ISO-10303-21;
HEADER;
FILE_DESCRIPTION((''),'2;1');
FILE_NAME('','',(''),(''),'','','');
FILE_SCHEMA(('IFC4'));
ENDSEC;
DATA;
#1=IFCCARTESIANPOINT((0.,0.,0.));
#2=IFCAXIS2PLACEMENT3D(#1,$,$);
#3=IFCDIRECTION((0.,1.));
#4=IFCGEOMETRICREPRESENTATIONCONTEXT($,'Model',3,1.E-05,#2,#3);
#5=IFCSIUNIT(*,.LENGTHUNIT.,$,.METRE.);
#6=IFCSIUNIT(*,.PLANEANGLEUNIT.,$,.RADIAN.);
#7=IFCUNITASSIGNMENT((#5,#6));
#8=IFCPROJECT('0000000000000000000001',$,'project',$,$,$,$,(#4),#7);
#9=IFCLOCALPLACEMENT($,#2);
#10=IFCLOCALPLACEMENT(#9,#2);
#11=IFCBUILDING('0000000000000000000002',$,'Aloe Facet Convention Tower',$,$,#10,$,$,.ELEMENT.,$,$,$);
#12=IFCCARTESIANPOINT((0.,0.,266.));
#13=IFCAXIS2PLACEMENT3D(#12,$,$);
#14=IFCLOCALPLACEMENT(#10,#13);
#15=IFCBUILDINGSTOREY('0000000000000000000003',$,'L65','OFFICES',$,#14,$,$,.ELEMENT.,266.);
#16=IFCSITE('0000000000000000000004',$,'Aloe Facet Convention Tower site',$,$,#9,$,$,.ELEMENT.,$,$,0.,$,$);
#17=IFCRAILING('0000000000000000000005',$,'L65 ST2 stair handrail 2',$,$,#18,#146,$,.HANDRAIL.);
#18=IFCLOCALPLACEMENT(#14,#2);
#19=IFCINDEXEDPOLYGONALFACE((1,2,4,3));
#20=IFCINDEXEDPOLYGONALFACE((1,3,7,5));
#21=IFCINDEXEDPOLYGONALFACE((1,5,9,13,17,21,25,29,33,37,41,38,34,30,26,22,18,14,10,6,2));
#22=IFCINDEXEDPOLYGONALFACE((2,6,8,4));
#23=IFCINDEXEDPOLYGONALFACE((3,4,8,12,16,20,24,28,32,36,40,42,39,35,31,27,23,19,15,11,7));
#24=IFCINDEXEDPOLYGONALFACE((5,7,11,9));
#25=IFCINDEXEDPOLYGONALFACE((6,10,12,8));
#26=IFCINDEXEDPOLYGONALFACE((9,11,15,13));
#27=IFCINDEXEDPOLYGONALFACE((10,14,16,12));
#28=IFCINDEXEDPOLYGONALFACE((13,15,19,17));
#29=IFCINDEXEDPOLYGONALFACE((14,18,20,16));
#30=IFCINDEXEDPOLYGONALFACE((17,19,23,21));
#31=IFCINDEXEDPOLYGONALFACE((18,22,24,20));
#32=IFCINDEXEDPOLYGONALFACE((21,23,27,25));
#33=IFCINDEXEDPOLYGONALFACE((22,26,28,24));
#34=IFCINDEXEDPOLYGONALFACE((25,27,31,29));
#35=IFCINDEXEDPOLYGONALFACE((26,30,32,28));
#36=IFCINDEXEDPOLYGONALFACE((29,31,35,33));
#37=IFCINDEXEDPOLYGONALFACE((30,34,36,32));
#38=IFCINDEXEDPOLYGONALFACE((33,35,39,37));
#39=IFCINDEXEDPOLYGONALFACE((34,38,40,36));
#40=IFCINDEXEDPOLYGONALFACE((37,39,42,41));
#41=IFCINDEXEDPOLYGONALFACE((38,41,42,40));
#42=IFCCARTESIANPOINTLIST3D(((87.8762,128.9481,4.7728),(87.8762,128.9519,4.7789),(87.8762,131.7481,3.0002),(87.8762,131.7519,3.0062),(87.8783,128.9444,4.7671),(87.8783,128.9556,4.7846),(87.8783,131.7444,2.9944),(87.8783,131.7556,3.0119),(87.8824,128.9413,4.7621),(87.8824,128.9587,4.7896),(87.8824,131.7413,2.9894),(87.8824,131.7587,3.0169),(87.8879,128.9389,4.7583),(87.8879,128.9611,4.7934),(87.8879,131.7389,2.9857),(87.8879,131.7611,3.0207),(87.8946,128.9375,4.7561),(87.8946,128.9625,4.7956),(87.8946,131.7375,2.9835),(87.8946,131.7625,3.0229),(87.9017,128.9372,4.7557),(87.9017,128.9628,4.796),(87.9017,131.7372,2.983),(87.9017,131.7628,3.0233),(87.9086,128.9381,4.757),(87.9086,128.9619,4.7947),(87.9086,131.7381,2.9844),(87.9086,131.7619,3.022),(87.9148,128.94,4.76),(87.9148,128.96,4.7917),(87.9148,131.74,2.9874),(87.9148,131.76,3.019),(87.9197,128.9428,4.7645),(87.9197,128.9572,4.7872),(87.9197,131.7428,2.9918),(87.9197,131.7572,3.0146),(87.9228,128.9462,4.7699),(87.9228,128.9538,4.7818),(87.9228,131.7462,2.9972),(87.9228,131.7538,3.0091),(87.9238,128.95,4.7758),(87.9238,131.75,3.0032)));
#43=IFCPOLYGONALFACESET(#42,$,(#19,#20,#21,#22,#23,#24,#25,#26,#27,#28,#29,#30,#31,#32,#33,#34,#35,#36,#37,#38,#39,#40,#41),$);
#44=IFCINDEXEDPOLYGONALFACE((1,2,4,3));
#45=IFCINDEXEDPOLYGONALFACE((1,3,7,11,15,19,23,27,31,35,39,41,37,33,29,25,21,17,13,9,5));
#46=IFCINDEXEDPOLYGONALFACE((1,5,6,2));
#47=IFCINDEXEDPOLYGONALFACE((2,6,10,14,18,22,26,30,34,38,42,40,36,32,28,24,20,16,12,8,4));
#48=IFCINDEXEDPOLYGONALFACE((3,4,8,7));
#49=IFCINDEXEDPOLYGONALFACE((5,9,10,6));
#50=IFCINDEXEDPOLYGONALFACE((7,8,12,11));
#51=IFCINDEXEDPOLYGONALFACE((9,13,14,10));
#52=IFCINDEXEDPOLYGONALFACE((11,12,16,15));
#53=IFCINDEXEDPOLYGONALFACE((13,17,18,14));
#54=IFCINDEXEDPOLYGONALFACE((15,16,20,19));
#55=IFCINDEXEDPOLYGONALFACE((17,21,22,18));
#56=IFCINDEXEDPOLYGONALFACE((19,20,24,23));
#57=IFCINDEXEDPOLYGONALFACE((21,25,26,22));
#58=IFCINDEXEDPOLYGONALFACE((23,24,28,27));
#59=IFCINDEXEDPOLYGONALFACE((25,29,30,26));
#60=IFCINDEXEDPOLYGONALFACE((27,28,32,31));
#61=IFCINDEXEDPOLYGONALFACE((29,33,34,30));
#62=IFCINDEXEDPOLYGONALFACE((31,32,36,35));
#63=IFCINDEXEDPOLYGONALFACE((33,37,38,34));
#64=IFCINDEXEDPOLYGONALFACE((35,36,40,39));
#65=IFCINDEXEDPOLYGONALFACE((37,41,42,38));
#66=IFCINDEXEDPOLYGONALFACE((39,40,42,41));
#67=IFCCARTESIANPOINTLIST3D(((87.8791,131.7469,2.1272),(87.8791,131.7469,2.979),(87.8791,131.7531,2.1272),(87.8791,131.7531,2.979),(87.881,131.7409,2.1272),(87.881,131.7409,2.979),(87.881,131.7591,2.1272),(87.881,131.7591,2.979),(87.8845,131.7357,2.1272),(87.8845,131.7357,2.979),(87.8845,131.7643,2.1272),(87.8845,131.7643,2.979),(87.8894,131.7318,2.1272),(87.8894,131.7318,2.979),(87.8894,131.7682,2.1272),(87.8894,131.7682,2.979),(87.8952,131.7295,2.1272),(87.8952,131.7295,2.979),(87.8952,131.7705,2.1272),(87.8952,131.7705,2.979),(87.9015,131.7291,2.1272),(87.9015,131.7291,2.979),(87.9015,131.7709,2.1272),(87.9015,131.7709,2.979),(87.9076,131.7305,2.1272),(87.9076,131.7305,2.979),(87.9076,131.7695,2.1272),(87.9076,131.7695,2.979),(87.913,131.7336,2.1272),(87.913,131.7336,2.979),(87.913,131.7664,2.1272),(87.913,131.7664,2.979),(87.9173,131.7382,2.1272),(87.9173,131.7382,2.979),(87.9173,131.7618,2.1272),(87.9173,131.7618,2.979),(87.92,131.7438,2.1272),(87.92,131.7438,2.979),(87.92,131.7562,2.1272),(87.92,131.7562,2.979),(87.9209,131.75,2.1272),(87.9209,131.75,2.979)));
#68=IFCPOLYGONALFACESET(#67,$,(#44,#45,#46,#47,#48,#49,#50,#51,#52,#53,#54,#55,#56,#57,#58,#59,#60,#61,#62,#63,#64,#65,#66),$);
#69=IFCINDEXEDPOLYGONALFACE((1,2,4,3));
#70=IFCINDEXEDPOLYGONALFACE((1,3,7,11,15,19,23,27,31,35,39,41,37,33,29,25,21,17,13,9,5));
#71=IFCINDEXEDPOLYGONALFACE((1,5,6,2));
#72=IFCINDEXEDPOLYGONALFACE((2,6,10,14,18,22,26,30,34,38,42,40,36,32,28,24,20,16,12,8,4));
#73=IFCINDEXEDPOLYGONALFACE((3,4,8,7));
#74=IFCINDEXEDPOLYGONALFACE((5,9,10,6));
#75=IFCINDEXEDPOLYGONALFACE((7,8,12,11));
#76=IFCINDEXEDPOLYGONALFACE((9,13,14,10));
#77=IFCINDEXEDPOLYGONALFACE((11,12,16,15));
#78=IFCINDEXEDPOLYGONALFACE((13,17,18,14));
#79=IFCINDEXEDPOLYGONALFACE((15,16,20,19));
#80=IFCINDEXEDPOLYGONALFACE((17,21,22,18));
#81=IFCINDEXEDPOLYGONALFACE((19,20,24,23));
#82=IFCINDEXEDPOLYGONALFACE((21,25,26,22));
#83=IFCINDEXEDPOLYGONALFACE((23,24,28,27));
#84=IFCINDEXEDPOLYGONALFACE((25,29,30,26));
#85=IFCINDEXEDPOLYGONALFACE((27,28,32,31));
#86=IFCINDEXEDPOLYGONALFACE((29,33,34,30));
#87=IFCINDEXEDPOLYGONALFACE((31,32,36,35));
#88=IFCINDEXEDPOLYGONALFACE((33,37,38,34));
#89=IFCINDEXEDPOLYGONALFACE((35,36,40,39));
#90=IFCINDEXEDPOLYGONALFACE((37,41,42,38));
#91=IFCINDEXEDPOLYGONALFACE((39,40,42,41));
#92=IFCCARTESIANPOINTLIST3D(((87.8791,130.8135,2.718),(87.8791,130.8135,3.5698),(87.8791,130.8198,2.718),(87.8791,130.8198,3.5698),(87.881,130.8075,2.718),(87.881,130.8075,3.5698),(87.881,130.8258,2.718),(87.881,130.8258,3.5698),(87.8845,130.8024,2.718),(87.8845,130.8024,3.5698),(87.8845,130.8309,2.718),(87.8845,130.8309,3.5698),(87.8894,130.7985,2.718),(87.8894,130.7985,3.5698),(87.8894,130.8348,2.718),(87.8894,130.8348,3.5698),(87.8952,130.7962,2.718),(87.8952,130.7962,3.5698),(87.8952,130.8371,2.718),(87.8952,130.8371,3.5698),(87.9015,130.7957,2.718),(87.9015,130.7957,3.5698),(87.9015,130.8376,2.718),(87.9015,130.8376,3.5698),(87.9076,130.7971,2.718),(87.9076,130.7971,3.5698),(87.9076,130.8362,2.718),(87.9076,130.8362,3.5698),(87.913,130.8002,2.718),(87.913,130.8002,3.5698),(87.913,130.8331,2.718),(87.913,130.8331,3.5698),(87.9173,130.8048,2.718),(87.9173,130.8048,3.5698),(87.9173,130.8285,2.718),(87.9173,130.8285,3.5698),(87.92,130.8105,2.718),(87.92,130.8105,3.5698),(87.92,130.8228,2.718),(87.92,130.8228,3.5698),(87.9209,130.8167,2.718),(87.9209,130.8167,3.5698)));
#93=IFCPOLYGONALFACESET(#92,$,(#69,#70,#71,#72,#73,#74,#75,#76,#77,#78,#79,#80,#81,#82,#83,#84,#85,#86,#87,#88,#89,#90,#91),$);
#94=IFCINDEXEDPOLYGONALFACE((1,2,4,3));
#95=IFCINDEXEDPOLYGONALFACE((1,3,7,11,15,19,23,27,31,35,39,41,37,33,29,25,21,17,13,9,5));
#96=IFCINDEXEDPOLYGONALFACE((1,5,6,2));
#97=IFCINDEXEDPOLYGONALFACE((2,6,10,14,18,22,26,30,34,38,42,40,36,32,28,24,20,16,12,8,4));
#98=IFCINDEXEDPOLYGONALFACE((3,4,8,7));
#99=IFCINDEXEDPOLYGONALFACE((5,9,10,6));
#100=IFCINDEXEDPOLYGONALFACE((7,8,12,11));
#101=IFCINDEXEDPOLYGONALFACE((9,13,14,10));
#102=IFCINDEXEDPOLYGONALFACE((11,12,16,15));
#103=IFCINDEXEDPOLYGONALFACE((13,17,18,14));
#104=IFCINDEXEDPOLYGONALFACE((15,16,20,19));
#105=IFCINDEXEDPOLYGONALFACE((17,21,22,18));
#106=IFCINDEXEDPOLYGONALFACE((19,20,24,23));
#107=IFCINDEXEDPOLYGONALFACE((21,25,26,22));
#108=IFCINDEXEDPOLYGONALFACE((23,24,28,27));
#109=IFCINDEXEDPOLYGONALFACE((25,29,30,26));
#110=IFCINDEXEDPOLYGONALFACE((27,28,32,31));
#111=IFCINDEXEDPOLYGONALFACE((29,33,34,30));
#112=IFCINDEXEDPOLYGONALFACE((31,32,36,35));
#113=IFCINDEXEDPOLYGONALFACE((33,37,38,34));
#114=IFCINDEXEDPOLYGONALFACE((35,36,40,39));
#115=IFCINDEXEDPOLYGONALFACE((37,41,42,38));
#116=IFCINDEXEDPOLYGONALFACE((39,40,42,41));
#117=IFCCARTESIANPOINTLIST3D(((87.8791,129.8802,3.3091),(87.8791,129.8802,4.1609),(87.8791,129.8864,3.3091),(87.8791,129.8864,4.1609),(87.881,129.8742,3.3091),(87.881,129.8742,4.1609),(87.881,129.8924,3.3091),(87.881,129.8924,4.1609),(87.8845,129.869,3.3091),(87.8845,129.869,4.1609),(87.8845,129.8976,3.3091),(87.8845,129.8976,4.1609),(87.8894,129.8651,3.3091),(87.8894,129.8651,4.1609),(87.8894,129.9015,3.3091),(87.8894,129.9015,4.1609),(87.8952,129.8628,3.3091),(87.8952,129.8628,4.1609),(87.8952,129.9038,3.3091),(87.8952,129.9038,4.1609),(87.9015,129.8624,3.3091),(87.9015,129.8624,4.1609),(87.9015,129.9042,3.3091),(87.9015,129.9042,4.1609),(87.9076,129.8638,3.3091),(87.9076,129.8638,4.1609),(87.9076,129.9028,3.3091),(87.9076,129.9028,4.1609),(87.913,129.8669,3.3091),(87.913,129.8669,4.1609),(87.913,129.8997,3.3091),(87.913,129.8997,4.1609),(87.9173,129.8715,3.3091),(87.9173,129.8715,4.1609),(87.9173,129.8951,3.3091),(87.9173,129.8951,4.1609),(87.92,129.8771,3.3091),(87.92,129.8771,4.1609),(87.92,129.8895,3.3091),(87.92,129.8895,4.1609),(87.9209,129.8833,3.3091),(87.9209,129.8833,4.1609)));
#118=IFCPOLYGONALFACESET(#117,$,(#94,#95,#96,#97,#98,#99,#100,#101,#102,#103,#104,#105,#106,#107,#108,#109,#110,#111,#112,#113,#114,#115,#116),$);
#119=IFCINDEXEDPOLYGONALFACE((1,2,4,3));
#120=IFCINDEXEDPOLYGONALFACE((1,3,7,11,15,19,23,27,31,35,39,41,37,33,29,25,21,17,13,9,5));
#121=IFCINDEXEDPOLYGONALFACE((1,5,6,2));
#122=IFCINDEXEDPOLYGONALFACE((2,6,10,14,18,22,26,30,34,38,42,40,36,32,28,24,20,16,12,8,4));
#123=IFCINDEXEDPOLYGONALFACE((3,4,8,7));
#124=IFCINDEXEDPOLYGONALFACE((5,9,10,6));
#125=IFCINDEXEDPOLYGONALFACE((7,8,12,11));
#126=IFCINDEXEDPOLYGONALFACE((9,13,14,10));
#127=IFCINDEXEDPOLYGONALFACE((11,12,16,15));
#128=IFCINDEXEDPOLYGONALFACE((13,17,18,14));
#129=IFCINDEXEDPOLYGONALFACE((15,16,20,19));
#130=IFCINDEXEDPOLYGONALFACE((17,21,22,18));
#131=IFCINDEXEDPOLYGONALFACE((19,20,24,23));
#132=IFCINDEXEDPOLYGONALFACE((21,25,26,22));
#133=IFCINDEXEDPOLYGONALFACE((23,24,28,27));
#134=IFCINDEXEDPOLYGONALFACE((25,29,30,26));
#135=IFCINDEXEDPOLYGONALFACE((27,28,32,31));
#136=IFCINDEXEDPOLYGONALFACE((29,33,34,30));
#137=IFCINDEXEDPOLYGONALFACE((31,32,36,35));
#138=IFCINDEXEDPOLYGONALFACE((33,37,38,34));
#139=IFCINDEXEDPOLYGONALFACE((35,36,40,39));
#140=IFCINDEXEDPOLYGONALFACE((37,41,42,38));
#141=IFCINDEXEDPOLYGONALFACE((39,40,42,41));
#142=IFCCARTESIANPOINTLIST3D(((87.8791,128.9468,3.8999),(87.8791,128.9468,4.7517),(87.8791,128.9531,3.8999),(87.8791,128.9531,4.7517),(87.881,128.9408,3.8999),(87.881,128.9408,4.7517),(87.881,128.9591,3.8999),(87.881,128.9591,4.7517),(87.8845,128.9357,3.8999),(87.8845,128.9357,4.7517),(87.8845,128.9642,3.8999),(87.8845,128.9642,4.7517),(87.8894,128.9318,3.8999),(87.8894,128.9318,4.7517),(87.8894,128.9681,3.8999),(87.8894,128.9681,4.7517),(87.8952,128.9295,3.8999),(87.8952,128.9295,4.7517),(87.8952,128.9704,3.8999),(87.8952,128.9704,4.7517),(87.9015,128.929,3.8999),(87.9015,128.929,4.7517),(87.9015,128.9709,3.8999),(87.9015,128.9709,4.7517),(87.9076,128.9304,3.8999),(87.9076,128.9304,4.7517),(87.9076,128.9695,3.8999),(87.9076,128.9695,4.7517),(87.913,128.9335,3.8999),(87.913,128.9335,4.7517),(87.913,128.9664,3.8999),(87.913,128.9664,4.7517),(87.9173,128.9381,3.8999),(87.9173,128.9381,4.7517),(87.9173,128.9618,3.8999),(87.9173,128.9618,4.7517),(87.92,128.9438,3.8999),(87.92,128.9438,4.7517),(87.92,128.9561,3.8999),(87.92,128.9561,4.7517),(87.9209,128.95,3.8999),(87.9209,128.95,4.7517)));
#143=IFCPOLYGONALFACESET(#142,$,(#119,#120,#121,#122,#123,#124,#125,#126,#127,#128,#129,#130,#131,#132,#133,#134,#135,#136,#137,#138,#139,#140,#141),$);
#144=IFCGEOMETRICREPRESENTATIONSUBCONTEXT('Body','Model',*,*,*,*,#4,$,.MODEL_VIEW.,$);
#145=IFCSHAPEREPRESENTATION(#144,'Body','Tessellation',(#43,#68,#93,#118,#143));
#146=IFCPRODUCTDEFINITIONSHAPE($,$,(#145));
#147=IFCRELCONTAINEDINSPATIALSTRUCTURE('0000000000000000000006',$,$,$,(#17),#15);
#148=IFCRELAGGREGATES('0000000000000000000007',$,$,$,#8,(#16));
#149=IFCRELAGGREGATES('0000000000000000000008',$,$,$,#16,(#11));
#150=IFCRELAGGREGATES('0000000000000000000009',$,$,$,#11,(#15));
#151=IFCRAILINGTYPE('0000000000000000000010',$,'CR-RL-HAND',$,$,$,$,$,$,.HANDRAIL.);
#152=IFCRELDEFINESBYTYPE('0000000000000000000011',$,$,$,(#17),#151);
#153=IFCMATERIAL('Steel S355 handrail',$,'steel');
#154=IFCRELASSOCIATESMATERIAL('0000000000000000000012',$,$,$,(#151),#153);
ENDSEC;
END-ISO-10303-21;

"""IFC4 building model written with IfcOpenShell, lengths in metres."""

from ifc_helpers import new_model, si_unit, direction, frame, origin, origin_2d, place, context, subcontext, project, spatial, circle, extrude, material, type_object, element, save


model = new_model("IFC4")

# Units and contexts
model_context = context("Model", 3, precision=1e-05, world=origin(), true_north=direction((0.0, 1.0)))
body_context = subcontext(model_context, "Body", "Model", "MODEL_VIEW")
ifc_project = project(units=[si_unit("LENGTHUNIT", "METRE"), si_unit("PLANEANGLEUNIT", "RADIAN")], contexts=[model_context])

# Site, building, storey
site_placement = place(None, origin())
site = spatial("IfcSite", under=ifc_project, at=site_placement, Name="Aloe Facet Convention Tower site", CompositionType="ELEMENT", RefElevation=0.0)
building_placement = place(site_placement, origin())
building = spatial("IfcBuilding", under=site, at=building_placement, Name="Aloe Facet Convention Tower", CompositionType="ELEMENT")
storey_placement = place(building_placement, frame((0.0, 0.0, 266.0)))
storey = spatial("IfcBuildingStorey", under=building, at=storey_placement, Name="L65", Description="OFFICES", CompositionType="ELEMENT", Elevation=266.0)

# Railing
ifc_material_1 = material(Name="Steel S355 handrail", Category="steel")
railing_type_1 = type_object("IfcRailingType", Name="CR-RL-HAND", PredefinedType="HANDRAIL", material=ifc_material_1)
railing_1_placement = place(storey_placement, frame((87.8999, 131.75, 2.1272)))
element("IfcRailing", 1, at=railing_1_placement, inside=storey, type_object=railing_type_1, Name="L65 ST2 stair handrail 2", PredefinedType="HANDRAIL", context=body_context, shape_type="SweptSolid", body=[
    extrude(circle(Radius=0.0239, at=origin_2d()), frame((0.0, 0.0, 0.876), z_axis=(0.0, -0.844909, 0.53491), x_axis=(1.0, 0.0, 0.0)), (0.0, 0.0, 1.0), 3.314),
    extrude(circle(Radius=0.021, at=origin_2d()), origin(), (0.0, 0.0, 1.0), 0.8518),
    extrude(circle(Radius=0.021, at=origin_2d()), frame((0.0, -0.9333, 0.5908)), (0.0, 0.0, 1.0), 0.8518),
    extrude(circle(Radius=0.021, at=origin_2d()), frame((0.0, -1.8667, 1.1819)), (0.0, 0.0, 1.0), 0.8518),
    extrude(circle(Radius=0.021, at=origin_2d()), frame((0.0, -2.8, 1.7727)), (0.0, 0.0, 1.0), 0.8518),
])

save(model, "model.ifc")
